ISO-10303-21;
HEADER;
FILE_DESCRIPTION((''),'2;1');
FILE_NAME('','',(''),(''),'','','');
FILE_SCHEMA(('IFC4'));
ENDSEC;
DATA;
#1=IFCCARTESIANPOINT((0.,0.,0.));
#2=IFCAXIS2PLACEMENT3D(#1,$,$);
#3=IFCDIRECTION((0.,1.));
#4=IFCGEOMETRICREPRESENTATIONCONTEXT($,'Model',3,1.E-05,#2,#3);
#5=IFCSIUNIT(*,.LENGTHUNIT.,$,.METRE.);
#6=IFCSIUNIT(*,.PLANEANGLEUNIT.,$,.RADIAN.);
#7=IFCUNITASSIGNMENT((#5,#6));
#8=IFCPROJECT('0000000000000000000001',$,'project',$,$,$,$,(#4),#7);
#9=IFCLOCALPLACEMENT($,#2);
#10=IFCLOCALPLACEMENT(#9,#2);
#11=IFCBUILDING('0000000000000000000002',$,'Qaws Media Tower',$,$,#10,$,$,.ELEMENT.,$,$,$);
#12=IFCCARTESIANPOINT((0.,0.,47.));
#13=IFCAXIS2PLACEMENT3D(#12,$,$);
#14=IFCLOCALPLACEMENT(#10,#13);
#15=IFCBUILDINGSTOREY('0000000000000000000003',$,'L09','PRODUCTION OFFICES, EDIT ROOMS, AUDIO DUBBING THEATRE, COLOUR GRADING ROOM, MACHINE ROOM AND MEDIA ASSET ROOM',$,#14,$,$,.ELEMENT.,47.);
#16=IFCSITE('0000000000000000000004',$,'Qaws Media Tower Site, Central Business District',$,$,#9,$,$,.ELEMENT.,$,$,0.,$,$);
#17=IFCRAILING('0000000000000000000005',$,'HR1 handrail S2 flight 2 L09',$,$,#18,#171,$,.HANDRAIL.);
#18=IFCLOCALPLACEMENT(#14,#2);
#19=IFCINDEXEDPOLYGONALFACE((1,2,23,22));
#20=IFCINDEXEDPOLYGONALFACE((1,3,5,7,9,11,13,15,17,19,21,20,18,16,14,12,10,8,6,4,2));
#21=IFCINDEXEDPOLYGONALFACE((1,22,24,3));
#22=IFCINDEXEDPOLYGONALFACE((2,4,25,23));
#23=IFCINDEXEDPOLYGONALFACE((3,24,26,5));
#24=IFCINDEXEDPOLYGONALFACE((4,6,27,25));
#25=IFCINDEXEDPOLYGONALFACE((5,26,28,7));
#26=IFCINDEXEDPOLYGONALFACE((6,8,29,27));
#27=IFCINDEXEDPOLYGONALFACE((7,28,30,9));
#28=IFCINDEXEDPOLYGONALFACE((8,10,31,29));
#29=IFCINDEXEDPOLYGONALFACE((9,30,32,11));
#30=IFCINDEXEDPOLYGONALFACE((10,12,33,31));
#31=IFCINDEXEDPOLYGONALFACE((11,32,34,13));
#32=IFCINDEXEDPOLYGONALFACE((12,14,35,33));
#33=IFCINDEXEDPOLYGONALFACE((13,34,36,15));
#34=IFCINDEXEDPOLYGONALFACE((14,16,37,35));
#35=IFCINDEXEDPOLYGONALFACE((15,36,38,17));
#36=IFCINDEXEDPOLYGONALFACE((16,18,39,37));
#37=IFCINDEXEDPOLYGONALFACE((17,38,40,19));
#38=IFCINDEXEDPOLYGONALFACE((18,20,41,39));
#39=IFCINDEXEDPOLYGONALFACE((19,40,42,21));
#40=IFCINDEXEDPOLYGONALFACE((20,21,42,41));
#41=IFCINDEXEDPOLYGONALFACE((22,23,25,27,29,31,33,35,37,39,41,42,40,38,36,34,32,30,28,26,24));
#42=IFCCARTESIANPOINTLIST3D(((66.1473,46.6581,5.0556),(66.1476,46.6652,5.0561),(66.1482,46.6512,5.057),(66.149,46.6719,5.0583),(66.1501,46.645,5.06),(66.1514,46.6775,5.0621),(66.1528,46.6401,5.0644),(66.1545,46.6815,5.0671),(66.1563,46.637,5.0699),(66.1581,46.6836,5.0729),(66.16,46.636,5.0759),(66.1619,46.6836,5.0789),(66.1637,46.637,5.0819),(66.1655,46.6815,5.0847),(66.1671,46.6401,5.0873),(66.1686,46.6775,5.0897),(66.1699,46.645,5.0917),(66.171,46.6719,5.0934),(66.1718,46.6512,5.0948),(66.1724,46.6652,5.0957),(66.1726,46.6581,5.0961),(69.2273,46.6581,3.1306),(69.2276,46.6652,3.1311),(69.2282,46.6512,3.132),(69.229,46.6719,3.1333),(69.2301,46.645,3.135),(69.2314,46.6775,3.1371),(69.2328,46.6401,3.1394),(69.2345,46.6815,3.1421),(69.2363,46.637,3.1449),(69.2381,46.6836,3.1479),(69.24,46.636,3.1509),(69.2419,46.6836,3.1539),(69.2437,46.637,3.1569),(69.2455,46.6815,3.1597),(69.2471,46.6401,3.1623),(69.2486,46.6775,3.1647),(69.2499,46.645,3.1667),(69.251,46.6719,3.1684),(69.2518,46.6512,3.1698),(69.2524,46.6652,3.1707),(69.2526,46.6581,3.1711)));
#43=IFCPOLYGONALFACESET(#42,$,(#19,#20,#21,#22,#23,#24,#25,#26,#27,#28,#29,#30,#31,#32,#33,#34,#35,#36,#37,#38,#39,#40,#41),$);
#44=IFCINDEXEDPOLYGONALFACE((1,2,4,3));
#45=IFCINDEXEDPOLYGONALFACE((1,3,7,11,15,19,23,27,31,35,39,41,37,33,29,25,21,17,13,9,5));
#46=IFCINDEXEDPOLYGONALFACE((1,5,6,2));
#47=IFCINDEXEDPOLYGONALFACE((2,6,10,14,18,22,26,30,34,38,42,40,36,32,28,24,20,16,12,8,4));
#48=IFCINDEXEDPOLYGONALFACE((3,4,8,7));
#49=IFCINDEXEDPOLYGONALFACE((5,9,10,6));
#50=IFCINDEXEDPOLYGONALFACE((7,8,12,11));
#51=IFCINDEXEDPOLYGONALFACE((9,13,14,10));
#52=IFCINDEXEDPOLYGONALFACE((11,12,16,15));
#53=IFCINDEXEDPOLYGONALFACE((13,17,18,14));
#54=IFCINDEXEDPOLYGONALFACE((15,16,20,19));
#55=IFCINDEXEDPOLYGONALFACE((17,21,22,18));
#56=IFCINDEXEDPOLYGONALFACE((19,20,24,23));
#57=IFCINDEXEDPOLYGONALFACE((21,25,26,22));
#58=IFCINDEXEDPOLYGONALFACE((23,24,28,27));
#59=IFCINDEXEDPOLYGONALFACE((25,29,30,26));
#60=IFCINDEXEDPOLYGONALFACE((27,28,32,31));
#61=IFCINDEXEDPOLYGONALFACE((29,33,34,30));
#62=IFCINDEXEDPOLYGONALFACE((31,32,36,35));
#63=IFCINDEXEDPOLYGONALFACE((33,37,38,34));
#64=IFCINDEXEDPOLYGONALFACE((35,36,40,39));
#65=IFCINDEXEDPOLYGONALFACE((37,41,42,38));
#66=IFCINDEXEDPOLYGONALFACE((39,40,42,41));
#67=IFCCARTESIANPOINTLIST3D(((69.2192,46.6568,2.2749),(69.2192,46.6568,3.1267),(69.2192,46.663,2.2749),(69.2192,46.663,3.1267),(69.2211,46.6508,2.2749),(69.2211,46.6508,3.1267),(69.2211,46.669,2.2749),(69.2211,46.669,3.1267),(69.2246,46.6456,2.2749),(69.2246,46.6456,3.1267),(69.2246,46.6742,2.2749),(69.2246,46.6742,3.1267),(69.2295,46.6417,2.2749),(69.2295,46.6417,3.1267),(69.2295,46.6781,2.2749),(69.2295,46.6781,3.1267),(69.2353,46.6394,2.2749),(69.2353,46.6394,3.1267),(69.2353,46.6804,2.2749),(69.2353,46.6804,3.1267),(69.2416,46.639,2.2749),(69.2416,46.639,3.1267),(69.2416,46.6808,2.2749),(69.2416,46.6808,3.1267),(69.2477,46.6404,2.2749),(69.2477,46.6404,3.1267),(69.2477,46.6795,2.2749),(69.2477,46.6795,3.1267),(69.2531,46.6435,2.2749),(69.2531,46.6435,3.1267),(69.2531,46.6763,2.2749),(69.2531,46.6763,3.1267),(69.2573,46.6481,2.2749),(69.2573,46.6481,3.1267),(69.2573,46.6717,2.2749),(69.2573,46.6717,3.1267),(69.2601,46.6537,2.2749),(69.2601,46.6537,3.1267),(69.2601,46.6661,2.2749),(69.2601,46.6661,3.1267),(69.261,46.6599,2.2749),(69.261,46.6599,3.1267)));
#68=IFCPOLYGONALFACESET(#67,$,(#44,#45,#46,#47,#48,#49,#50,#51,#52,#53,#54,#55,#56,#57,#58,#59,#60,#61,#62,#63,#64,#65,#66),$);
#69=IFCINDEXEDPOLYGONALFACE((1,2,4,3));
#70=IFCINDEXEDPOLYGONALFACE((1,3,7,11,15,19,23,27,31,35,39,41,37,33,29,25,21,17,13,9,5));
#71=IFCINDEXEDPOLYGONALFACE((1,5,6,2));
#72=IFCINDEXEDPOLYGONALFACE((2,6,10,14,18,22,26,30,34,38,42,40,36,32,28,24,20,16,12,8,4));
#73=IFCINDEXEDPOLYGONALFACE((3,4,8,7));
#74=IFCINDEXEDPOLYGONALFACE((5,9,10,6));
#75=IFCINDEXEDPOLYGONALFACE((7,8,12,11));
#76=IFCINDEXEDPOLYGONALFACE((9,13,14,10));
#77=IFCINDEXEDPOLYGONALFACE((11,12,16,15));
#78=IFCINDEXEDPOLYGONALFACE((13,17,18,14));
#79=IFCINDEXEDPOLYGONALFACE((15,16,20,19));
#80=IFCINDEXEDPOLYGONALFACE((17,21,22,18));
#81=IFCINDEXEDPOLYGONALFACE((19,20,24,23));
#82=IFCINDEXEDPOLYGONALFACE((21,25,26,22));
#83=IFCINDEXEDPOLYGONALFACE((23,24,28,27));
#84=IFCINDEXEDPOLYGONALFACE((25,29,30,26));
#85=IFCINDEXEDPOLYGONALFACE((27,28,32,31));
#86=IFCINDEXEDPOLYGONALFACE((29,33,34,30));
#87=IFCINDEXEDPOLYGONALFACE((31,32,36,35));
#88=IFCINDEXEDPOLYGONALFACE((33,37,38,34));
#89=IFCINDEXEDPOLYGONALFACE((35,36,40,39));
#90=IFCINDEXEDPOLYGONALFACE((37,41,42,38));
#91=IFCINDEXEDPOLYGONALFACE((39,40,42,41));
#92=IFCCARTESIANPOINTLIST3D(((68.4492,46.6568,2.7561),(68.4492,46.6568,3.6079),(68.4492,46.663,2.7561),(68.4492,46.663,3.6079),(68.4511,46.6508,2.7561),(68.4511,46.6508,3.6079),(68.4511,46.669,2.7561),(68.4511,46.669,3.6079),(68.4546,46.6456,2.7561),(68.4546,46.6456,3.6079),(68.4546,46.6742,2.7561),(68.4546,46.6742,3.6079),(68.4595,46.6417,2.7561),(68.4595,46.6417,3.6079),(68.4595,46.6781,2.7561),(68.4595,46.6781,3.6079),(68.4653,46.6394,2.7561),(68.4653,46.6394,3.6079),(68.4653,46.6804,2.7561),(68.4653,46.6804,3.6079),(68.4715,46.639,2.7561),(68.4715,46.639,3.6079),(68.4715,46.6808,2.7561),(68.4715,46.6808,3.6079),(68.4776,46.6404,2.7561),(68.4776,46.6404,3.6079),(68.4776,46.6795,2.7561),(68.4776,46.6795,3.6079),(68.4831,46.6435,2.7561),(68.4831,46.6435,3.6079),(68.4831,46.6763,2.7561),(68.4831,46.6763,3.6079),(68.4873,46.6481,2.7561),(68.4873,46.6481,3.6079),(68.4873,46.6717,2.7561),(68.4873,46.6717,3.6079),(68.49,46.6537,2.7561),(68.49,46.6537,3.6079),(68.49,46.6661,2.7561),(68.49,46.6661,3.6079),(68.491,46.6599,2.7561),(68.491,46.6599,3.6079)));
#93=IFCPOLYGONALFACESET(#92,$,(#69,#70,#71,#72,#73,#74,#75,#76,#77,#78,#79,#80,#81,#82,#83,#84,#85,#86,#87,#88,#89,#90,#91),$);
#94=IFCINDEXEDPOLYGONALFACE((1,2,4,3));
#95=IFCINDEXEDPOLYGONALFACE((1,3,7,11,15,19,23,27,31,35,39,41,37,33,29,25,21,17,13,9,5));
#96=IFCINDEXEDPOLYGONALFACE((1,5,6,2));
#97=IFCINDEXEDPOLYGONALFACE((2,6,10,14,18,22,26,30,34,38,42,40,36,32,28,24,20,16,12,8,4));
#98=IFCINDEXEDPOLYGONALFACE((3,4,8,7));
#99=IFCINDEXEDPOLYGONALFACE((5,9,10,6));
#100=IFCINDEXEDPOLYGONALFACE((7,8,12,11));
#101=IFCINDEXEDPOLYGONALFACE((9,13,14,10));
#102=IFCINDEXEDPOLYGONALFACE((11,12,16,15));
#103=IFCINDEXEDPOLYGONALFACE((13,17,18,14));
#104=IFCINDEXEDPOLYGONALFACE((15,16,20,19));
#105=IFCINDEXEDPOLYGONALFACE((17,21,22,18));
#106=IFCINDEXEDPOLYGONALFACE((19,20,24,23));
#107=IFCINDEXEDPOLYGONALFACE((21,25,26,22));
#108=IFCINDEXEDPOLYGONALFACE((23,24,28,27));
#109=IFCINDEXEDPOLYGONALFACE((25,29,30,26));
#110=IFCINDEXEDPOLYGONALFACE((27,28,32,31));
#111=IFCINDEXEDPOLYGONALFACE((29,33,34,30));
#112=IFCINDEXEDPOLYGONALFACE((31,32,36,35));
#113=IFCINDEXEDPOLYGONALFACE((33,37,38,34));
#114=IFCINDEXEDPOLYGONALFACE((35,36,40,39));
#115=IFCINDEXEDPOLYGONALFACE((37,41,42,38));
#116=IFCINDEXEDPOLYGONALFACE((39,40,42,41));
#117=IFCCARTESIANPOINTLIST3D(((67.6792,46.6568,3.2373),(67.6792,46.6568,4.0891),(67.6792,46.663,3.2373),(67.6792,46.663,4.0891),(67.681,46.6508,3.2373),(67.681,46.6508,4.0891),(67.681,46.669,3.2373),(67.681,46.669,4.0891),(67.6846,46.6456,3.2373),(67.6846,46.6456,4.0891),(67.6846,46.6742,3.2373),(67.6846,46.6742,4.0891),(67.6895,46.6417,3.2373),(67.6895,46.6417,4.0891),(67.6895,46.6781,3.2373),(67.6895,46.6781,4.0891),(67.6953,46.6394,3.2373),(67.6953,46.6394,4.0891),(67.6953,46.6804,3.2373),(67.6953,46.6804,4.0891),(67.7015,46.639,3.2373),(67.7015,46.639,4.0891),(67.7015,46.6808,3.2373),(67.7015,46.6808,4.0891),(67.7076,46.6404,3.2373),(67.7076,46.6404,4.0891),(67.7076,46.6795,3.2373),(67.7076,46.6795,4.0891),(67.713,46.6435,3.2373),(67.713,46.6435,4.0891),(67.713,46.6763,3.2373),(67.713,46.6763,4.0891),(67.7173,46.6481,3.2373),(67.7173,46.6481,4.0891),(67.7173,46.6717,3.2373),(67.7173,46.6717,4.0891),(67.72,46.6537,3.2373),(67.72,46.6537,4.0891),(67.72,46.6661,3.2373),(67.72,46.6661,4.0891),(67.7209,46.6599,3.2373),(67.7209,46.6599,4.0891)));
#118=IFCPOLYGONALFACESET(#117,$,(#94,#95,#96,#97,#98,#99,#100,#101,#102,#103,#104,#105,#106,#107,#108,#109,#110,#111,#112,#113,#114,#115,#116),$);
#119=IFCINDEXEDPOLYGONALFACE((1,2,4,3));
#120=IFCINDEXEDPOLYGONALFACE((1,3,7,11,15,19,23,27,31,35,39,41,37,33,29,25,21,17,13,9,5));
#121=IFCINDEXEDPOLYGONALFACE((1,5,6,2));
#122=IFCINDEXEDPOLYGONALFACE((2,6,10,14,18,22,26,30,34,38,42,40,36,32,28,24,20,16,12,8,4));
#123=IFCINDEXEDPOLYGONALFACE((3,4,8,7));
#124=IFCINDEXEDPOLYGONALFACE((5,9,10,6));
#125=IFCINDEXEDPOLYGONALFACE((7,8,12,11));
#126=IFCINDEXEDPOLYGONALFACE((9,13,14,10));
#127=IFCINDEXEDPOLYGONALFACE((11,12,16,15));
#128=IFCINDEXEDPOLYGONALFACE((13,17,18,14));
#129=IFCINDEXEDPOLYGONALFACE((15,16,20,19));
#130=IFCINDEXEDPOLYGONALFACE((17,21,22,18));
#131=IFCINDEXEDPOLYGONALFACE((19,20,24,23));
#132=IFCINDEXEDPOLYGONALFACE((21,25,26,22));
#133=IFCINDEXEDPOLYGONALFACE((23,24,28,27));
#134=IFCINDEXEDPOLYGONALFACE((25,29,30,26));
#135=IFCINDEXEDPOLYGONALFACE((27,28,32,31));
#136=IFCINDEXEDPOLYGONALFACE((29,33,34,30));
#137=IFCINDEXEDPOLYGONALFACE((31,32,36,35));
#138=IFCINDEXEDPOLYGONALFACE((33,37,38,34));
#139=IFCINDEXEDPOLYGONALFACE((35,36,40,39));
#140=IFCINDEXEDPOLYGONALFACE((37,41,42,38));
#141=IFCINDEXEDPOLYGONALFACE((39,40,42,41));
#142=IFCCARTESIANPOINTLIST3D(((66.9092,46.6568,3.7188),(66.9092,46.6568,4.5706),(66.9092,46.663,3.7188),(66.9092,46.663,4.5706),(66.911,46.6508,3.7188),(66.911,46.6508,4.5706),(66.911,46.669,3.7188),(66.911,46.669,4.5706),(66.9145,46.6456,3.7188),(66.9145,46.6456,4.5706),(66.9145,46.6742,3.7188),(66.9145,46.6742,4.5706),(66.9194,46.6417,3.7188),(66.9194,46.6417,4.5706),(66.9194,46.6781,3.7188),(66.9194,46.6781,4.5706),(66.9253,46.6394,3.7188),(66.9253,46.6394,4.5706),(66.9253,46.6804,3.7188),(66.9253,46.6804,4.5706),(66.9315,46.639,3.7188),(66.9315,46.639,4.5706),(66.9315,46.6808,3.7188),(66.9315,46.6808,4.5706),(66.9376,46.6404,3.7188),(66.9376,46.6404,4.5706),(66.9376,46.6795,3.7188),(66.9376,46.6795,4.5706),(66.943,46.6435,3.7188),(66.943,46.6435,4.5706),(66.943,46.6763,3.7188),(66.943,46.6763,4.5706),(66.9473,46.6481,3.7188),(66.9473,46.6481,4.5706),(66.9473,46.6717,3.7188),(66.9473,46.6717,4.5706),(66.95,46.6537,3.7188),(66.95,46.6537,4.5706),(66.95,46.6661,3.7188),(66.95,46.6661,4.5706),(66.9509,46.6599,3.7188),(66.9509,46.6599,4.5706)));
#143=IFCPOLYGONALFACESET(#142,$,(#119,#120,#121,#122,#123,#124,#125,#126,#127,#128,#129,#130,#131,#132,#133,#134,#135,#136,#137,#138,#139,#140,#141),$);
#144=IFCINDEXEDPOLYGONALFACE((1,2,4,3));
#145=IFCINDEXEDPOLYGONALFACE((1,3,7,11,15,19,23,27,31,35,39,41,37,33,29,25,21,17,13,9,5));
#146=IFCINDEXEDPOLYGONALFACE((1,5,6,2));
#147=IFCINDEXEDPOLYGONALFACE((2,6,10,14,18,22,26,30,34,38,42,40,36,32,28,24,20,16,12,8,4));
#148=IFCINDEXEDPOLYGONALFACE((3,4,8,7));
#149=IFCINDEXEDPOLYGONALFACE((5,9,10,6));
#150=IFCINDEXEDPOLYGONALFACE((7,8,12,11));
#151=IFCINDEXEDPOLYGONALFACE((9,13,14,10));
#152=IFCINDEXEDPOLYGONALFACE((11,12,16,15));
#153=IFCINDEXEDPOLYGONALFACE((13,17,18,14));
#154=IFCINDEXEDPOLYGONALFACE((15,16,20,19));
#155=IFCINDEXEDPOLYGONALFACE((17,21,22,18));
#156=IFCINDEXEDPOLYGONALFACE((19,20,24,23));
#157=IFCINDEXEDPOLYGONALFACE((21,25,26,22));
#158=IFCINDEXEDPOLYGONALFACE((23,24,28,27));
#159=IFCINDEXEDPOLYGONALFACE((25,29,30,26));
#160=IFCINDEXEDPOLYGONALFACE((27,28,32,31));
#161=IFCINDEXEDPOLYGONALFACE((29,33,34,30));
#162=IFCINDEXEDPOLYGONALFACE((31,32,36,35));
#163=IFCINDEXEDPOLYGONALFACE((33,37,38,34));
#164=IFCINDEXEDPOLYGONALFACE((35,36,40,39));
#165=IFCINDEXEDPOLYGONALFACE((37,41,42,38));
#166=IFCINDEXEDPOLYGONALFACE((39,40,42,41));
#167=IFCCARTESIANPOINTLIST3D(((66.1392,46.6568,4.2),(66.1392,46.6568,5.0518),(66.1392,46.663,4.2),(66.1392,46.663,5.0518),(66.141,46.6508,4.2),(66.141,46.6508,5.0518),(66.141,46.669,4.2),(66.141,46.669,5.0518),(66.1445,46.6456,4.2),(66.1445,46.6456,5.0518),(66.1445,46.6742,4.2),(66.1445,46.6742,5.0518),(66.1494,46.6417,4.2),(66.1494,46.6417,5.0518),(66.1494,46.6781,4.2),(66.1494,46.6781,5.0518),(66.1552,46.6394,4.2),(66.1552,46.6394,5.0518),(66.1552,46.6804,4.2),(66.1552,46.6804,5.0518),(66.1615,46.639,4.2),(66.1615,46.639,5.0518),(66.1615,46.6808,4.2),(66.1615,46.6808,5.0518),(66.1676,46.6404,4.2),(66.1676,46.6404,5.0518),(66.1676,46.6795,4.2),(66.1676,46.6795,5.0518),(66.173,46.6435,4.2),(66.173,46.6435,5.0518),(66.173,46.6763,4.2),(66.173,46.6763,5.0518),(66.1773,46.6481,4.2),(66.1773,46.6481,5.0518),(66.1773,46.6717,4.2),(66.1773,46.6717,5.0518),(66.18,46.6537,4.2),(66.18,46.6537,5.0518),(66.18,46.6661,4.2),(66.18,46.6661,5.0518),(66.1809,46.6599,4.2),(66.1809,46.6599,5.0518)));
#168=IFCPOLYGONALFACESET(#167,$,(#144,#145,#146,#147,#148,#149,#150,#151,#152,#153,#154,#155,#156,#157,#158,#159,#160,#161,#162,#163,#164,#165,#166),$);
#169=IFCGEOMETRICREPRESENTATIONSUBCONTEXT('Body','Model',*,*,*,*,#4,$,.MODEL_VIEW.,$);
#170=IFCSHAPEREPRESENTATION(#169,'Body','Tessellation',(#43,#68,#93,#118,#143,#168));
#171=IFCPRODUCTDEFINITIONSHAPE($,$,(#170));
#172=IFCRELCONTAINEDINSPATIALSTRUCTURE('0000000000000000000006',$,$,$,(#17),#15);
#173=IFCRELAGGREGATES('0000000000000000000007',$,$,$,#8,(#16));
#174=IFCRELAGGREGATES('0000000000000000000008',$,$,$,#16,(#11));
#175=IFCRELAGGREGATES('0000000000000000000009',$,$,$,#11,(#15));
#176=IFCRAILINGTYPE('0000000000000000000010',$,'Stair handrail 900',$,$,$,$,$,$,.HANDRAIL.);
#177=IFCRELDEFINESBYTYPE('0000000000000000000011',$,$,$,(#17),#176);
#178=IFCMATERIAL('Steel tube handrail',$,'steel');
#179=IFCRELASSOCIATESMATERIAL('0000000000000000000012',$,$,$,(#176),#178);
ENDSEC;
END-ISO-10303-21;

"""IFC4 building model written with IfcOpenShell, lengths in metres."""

from ifc_helpers import new_model, si_unit, direction, frame, origin, origin_2d, place, context, subcontext, project, spatial, circle, extrude, material, type_object, element, save


model = new_model("IFC4")

# Units and contexts
model_context = context("Model", 3, precision=1e-05, world=origin(), true_north=direction((0.0, 1.0)))
body_context = subcontext(model_context, "Body", "Model", "MODEL_VIEW")
ifc_project = project(units=[si_unit("LENGTHUNIT", "METRE"), si_unit("PLANEANGLEUNIT", "RADIAN")], contexts=[model_context])

# Site, building, storey
site_placement = place(None, origin())
site = spatial("IfcSite", under=ifc_project, at=site_placement, Name="Qaws Media Tower Site, Central Business District", CompositionType="ELEMENT", RefElevation=0.0)
building_placement = place(site_placement, origin())
building = spatial("IfcBuilding", under=site, at=building_placement, Name="Qaws Media Tower", CompositionType="ELEMENT")
storey_placement = place(building_placement, frame((0.0, 0.0, 47.0)))
storey = spatial("IfcBuildingStorey", under=building, at=storey_placement, Name="L09", Description="PRODUCTION OFFICES, EDIT ROOMS, AUDIO DUBBING THEATRE, COLOUR GRADING ROOM, MACHINE ROOM AND MEDIA ASSET ROOM", CompositionType="ELEMENT", Elevation=47.0)

# Railing
ifc_material_1 = material(Name="Steel tube handrail", Category="steel")
railing_type = type_object("IfcRailingType", Name="Stair handrail 900", PredefinedType="HANDRAIL", material=ifc_material_1)
for number, where, name in (
    (1, (69.24, 46.6599, 2.2749), "HR1 handrail S2 flight 2 L09"),
):
    element("IfcRailing", number, at=place(storey_placement, frame(where)), inside=storey, type_object=railing_type, Name=name, PredefinedType="HANDRAIL", context=body_context, shape_type="SweptSolid", body=[
        extrude(circle(Radius=0.0239, at=origin_2d()), frame((0.0, 0.0, 0.876), z_axis=(-0.847998, 0.0, 0.529999), x_axis=(0.0, -1.0, 0.0)), (0.0, 0.0, 1.0), 3.6321),
        extrude(circle(Radius=0.021, at=origin_2d()), origin(), (0.0, 0.0, 1.0), 0.8518),
        extrude(circle(Radius=0.021, at=origin_2d()), frame((-0.77, 0.0, 0.4812)), (0.0, 0.0, 1.0), 0.8518),
        extrude(circle(Radius=0.021, at=origin_2d()), frame((-1.54, 0.0, 0.9624)), (0.0, 0.0, 1.0), 0.8518),
        extrude(circle(Radius=0.021, at=origin_2d()), frame((-2.3101, 0.0, 1.4438)), (0.0, 0.0, 1.0), 0.8518),
        extrude(circle(Radius=0.021, at=origin_2d()), frame((-3.0801, 0.0, 1.925)), (0.0, 0.0, 1.0), 0.8518),
    ])

save(model, "model.ifc")
